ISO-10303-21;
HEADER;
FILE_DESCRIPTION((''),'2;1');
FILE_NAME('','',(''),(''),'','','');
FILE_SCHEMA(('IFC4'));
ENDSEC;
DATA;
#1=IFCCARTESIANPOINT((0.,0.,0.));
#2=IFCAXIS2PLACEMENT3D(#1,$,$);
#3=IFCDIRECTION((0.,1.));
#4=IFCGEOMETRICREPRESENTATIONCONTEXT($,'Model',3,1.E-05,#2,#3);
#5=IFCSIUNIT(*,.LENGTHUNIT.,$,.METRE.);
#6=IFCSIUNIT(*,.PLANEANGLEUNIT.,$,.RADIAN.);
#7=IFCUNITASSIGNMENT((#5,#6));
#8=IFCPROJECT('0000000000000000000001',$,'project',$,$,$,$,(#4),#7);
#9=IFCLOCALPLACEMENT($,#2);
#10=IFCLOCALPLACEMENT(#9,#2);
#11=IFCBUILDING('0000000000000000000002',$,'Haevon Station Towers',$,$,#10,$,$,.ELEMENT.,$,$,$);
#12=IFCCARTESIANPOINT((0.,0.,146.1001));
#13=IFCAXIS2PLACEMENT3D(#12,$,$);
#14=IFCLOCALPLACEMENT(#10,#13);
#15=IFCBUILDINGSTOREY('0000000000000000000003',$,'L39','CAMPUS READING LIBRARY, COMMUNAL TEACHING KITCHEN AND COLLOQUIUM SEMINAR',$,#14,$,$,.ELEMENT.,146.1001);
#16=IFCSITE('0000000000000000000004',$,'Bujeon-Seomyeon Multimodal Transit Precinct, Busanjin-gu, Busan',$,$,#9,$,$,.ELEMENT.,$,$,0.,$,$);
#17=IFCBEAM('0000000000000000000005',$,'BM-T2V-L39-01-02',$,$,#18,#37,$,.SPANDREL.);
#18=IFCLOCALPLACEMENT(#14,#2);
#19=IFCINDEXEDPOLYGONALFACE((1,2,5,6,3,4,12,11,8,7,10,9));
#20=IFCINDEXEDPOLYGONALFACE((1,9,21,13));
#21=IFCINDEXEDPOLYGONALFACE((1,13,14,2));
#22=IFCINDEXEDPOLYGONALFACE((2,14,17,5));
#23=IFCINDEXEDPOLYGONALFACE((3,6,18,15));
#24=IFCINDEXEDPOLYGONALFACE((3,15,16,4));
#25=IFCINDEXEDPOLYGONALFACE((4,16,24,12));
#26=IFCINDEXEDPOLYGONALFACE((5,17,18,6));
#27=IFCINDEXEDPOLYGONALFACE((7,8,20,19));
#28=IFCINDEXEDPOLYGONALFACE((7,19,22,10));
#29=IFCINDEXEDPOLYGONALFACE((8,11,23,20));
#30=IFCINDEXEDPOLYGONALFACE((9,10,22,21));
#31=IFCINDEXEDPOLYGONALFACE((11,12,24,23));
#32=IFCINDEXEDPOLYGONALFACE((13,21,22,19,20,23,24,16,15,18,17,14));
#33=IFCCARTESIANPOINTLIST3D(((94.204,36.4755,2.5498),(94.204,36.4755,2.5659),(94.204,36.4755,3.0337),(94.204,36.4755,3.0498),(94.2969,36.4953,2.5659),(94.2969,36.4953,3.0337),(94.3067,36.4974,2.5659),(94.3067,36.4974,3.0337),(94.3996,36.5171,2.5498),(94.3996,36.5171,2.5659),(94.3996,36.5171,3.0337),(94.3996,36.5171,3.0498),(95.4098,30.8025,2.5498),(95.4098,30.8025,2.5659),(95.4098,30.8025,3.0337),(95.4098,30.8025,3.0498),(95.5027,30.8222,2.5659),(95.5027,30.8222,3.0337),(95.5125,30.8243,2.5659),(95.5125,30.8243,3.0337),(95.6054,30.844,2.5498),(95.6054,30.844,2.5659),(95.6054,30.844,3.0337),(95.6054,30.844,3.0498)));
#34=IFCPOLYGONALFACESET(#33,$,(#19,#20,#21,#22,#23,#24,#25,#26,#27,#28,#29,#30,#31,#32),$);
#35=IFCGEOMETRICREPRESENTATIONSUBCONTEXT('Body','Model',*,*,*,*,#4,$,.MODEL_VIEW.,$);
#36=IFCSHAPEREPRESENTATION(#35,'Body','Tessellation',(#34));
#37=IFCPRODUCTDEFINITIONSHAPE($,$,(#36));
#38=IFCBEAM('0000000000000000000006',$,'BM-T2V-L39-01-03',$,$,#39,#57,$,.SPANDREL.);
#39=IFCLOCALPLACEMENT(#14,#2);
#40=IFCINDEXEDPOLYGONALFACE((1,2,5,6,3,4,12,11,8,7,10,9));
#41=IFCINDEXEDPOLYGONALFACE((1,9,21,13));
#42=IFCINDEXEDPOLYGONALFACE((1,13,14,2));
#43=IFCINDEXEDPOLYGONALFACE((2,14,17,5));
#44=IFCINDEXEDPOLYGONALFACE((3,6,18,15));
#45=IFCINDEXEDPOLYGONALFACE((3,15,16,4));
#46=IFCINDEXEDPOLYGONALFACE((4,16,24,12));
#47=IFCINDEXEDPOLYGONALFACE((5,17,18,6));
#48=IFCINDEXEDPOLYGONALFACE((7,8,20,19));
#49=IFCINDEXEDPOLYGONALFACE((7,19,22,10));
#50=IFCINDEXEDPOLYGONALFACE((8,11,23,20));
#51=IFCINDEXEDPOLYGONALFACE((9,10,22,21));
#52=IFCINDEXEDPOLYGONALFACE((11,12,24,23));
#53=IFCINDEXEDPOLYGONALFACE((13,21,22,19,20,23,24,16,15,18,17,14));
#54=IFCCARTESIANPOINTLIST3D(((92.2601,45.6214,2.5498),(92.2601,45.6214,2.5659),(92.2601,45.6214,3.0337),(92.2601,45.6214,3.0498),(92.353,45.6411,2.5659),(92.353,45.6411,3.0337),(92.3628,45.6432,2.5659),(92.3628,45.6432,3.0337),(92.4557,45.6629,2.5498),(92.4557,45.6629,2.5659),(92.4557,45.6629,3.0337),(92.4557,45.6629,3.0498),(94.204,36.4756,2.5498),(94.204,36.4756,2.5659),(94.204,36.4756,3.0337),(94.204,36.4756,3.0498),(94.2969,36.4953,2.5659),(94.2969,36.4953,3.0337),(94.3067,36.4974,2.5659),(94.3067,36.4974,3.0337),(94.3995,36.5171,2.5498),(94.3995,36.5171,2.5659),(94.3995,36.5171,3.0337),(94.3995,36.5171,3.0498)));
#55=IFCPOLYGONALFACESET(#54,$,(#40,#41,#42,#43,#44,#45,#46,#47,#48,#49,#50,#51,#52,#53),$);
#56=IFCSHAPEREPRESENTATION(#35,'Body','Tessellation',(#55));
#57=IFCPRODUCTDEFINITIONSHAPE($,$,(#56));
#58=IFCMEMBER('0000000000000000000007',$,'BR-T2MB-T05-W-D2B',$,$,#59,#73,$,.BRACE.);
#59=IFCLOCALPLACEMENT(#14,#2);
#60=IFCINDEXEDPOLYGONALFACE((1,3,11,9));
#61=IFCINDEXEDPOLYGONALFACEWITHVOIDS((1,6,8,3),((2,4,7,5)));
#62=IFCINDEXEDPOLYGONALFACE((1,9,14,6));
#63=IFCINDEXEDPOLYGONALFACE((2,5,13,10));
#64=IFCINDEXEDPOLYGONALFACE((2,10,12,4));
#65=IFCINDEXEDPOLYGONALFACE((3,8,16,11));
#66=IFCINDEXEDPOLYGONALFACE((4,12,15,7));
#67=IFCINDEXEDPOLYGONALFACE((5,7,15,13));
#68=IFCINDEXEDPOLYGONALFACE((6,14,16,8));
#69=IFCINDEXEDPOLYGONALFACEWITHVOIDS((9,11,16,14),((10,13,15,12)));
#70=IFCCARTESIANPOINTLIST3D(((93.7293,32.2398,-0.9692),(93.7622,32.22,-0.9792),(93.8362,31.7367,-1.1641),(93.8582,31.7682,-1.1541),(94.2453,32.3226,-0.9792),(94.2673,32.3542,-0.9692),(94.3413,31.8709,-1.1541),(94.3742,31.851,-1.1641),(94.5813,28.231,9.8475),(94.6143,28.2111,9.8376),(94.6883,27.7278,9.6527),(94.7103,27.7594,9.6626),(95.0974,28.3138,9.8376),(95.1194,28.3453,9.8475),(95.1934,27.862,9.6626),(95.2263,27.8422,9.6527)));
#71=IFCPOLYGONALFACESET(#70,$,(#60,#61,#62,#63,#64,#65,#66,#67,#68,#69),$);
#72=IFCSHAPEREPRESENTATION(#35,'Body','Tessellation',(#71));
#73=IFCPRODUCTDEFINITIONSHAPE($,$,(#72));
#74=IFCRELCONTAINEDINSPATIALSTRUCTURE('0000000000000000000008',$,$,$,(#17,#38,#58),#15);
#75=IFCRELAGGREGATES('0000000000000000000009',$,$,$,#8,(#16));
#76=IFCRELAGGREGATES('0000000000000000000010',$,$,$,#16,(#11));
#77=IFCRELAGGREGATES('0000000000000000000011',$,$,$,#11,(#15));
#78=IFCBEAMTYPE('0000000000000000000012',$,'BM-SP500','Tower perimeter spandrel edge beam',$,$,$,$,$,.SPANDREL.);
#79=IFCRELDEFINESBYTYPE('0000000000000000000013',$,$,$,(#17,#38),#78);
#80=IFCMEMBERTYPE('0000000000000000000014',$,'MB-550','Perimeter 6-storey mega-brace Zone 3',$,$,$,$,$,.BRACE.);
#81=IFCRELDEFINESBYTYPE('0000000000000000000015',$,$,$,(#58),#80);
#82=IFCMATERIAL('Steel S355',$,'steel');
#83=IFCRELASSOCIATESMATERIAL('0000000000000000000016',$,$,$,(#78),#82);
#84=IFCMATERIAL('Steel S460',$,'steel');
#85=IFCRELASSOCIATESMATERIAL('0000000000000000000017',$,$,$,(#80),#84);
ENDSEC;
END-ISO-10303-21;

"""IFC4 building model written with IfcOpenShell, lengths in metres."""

from ifc_helpers import new_model, si_unit, direction, frame, origin, origin_2d, place, context, subcontext, project, spatial, hollow_rectangle, i_section, extrude, material, material_profile, profile_set, type_object, element, save


model = new_model("IFC4")

# Units and contexts
model_context = context("Model", 3, precision=1e-05, world=origin(), true_north=direction((0.0, 1.0)))
body_context = subcontext(model_context, "Body", "Model", "MODEL_VIEW")
ifc_project = project(units=[si_unit("LENGTHUNIT", "METRE"), si_unit("PLANEANGLEUNIT", "RADIAN")], contexts=[model_context])

# Site, building, storey
site_placement = place(None, origin())
site = spatial("IfcSite", under=ifc_project, at=site_placement, Name="Bujeon-Seomyeon Multimodal Transit Precinct, Busanjin-gu, Busan", CompositionType="ELEMENT", RefElevation=0.0)
building_placement = place(site_placement, origin())
building = spatial("IfcBuilding", under=site, at=building_placement, Name="Haevon Station Towers", CompositionType="ELEMENT")
storey_placement = place(building_placement, frame((0.0, 0.0, 146.1001)))
storey = spatial("IfcBuildingStorey", under=building, at=storey_placement, Name="L39", Description="CAMPUS READING LIBRARY, COMMUNAL TEACHING KITCHEN AND COLLOQUIUM SEMINAR", CompositionType="ELEMENT", Elevation=146.1001)

# Shared definitions
ifc_material_1 = material(Name="Steel S355", Category="steel")

# Beams
ifc_material_profile_1 = material_profile(ifc_material_1, i_section(OverallWidth=0.2, OverallDepth=0.5, WebThickness=0.01, FlangeThickness=0.0161, at=origin_2d()), Name="H-500x200x10x16")
ifc_profile_set_1 = profile_set([ifc_material_profile_1], Name="Steel S355")
beam_type_1 = type_object("IfcBeamType", Name="BM-SP500", Description="Tower perimeter spandrel edge beam", PredefinedType="SPANDREL", material=ifc_profile_set_1)
beam_1_placement = place(storey_placement, frame((95.5076, 30.8232, 2.7998), z_axis=(-0.207905, 0.978149, 0.0), x_axis=(-0.978149, -0.207905, 0.0)))
element("IfcBeam", 1, at=beam_1_placement, inside=storey, type_object=beam_type_1, Name="BM-T2V-L39-01-02", PredefinedType="SPANDREL", context=body_context, shape_type="SweptSolid", body=[
    extrude(i_section(OverallWidth=0.2, OverallDepth=0.5, WebThickness=0.01, FlangeThickness=0.0161, at=origin_2d()), origin(), (0.0, 0.0, 1.0), 5.7998),
])
beam_2_placement = place(storey_placement, frame((94.3018, 36.4963, 2.7998), z_axis=(-0.207897, 0.978151, 0.0), x_axis=(-0.978151, -0.207897, 0.0)))
element("IfcBeam", 2, at=beam_2_placement, inside=storey, type_object=beam_type_1, Name="BM-T2V-L39-01-03", PredefinedType="SPANDREL", context=body_context, shape_type="SweptSolid", body=[
    extrude(i_section(OverallWidth=0.2, OverallDepth=0.5, WebThickness=0.01, FlangeThickness=0.0161, at=origin_2d()), origin(), (0.0, 0.0, 1.0), 9.3501),
])

# Member
ifc_material_2 = material(Name="Steel S460", Category="steel")
ifc_material_profile_2 = material_profile(ifc_material_2, hollow_rectangle(XDim=0.55, YDim=0.55, WallThickness=0.0281, at=origin_2d()), Name="RHS-550x550x28")
ifc_profile_set_2 = profile_set([ifc_material_profile_2], Name="Steel S460")
member_type = type_object("IfcMemberType", Name="MB-550", Description="Perimeter 6-storey mega-brace Zone 3", PredefinedType="BRACE", material=ifc_profile_set_2)
member_placement = place(storey_placement, frame((94.0518, 32.0454, -1.0667), z_axis=(0.073662, -0.34657, 0.935127), x_axis=(0.97815, 0.207902, 0.0)))
element("IfcMember", 3, at=member_placement, inside=storey, type_object=member_type, Name="BR-T2MB-T05-W-D2B", PredefinedType="BRACE", context=body_context, shape_type="SweptSolid", body=[
    extrude(hollow_rectangle(XDim=0.55, YDim=0.55, WallThickness=0.0281, at=origin_2d()), origin(), (0.0, 0.0, 1.0), 11.5671),
])

save(model, "model.ifc")
